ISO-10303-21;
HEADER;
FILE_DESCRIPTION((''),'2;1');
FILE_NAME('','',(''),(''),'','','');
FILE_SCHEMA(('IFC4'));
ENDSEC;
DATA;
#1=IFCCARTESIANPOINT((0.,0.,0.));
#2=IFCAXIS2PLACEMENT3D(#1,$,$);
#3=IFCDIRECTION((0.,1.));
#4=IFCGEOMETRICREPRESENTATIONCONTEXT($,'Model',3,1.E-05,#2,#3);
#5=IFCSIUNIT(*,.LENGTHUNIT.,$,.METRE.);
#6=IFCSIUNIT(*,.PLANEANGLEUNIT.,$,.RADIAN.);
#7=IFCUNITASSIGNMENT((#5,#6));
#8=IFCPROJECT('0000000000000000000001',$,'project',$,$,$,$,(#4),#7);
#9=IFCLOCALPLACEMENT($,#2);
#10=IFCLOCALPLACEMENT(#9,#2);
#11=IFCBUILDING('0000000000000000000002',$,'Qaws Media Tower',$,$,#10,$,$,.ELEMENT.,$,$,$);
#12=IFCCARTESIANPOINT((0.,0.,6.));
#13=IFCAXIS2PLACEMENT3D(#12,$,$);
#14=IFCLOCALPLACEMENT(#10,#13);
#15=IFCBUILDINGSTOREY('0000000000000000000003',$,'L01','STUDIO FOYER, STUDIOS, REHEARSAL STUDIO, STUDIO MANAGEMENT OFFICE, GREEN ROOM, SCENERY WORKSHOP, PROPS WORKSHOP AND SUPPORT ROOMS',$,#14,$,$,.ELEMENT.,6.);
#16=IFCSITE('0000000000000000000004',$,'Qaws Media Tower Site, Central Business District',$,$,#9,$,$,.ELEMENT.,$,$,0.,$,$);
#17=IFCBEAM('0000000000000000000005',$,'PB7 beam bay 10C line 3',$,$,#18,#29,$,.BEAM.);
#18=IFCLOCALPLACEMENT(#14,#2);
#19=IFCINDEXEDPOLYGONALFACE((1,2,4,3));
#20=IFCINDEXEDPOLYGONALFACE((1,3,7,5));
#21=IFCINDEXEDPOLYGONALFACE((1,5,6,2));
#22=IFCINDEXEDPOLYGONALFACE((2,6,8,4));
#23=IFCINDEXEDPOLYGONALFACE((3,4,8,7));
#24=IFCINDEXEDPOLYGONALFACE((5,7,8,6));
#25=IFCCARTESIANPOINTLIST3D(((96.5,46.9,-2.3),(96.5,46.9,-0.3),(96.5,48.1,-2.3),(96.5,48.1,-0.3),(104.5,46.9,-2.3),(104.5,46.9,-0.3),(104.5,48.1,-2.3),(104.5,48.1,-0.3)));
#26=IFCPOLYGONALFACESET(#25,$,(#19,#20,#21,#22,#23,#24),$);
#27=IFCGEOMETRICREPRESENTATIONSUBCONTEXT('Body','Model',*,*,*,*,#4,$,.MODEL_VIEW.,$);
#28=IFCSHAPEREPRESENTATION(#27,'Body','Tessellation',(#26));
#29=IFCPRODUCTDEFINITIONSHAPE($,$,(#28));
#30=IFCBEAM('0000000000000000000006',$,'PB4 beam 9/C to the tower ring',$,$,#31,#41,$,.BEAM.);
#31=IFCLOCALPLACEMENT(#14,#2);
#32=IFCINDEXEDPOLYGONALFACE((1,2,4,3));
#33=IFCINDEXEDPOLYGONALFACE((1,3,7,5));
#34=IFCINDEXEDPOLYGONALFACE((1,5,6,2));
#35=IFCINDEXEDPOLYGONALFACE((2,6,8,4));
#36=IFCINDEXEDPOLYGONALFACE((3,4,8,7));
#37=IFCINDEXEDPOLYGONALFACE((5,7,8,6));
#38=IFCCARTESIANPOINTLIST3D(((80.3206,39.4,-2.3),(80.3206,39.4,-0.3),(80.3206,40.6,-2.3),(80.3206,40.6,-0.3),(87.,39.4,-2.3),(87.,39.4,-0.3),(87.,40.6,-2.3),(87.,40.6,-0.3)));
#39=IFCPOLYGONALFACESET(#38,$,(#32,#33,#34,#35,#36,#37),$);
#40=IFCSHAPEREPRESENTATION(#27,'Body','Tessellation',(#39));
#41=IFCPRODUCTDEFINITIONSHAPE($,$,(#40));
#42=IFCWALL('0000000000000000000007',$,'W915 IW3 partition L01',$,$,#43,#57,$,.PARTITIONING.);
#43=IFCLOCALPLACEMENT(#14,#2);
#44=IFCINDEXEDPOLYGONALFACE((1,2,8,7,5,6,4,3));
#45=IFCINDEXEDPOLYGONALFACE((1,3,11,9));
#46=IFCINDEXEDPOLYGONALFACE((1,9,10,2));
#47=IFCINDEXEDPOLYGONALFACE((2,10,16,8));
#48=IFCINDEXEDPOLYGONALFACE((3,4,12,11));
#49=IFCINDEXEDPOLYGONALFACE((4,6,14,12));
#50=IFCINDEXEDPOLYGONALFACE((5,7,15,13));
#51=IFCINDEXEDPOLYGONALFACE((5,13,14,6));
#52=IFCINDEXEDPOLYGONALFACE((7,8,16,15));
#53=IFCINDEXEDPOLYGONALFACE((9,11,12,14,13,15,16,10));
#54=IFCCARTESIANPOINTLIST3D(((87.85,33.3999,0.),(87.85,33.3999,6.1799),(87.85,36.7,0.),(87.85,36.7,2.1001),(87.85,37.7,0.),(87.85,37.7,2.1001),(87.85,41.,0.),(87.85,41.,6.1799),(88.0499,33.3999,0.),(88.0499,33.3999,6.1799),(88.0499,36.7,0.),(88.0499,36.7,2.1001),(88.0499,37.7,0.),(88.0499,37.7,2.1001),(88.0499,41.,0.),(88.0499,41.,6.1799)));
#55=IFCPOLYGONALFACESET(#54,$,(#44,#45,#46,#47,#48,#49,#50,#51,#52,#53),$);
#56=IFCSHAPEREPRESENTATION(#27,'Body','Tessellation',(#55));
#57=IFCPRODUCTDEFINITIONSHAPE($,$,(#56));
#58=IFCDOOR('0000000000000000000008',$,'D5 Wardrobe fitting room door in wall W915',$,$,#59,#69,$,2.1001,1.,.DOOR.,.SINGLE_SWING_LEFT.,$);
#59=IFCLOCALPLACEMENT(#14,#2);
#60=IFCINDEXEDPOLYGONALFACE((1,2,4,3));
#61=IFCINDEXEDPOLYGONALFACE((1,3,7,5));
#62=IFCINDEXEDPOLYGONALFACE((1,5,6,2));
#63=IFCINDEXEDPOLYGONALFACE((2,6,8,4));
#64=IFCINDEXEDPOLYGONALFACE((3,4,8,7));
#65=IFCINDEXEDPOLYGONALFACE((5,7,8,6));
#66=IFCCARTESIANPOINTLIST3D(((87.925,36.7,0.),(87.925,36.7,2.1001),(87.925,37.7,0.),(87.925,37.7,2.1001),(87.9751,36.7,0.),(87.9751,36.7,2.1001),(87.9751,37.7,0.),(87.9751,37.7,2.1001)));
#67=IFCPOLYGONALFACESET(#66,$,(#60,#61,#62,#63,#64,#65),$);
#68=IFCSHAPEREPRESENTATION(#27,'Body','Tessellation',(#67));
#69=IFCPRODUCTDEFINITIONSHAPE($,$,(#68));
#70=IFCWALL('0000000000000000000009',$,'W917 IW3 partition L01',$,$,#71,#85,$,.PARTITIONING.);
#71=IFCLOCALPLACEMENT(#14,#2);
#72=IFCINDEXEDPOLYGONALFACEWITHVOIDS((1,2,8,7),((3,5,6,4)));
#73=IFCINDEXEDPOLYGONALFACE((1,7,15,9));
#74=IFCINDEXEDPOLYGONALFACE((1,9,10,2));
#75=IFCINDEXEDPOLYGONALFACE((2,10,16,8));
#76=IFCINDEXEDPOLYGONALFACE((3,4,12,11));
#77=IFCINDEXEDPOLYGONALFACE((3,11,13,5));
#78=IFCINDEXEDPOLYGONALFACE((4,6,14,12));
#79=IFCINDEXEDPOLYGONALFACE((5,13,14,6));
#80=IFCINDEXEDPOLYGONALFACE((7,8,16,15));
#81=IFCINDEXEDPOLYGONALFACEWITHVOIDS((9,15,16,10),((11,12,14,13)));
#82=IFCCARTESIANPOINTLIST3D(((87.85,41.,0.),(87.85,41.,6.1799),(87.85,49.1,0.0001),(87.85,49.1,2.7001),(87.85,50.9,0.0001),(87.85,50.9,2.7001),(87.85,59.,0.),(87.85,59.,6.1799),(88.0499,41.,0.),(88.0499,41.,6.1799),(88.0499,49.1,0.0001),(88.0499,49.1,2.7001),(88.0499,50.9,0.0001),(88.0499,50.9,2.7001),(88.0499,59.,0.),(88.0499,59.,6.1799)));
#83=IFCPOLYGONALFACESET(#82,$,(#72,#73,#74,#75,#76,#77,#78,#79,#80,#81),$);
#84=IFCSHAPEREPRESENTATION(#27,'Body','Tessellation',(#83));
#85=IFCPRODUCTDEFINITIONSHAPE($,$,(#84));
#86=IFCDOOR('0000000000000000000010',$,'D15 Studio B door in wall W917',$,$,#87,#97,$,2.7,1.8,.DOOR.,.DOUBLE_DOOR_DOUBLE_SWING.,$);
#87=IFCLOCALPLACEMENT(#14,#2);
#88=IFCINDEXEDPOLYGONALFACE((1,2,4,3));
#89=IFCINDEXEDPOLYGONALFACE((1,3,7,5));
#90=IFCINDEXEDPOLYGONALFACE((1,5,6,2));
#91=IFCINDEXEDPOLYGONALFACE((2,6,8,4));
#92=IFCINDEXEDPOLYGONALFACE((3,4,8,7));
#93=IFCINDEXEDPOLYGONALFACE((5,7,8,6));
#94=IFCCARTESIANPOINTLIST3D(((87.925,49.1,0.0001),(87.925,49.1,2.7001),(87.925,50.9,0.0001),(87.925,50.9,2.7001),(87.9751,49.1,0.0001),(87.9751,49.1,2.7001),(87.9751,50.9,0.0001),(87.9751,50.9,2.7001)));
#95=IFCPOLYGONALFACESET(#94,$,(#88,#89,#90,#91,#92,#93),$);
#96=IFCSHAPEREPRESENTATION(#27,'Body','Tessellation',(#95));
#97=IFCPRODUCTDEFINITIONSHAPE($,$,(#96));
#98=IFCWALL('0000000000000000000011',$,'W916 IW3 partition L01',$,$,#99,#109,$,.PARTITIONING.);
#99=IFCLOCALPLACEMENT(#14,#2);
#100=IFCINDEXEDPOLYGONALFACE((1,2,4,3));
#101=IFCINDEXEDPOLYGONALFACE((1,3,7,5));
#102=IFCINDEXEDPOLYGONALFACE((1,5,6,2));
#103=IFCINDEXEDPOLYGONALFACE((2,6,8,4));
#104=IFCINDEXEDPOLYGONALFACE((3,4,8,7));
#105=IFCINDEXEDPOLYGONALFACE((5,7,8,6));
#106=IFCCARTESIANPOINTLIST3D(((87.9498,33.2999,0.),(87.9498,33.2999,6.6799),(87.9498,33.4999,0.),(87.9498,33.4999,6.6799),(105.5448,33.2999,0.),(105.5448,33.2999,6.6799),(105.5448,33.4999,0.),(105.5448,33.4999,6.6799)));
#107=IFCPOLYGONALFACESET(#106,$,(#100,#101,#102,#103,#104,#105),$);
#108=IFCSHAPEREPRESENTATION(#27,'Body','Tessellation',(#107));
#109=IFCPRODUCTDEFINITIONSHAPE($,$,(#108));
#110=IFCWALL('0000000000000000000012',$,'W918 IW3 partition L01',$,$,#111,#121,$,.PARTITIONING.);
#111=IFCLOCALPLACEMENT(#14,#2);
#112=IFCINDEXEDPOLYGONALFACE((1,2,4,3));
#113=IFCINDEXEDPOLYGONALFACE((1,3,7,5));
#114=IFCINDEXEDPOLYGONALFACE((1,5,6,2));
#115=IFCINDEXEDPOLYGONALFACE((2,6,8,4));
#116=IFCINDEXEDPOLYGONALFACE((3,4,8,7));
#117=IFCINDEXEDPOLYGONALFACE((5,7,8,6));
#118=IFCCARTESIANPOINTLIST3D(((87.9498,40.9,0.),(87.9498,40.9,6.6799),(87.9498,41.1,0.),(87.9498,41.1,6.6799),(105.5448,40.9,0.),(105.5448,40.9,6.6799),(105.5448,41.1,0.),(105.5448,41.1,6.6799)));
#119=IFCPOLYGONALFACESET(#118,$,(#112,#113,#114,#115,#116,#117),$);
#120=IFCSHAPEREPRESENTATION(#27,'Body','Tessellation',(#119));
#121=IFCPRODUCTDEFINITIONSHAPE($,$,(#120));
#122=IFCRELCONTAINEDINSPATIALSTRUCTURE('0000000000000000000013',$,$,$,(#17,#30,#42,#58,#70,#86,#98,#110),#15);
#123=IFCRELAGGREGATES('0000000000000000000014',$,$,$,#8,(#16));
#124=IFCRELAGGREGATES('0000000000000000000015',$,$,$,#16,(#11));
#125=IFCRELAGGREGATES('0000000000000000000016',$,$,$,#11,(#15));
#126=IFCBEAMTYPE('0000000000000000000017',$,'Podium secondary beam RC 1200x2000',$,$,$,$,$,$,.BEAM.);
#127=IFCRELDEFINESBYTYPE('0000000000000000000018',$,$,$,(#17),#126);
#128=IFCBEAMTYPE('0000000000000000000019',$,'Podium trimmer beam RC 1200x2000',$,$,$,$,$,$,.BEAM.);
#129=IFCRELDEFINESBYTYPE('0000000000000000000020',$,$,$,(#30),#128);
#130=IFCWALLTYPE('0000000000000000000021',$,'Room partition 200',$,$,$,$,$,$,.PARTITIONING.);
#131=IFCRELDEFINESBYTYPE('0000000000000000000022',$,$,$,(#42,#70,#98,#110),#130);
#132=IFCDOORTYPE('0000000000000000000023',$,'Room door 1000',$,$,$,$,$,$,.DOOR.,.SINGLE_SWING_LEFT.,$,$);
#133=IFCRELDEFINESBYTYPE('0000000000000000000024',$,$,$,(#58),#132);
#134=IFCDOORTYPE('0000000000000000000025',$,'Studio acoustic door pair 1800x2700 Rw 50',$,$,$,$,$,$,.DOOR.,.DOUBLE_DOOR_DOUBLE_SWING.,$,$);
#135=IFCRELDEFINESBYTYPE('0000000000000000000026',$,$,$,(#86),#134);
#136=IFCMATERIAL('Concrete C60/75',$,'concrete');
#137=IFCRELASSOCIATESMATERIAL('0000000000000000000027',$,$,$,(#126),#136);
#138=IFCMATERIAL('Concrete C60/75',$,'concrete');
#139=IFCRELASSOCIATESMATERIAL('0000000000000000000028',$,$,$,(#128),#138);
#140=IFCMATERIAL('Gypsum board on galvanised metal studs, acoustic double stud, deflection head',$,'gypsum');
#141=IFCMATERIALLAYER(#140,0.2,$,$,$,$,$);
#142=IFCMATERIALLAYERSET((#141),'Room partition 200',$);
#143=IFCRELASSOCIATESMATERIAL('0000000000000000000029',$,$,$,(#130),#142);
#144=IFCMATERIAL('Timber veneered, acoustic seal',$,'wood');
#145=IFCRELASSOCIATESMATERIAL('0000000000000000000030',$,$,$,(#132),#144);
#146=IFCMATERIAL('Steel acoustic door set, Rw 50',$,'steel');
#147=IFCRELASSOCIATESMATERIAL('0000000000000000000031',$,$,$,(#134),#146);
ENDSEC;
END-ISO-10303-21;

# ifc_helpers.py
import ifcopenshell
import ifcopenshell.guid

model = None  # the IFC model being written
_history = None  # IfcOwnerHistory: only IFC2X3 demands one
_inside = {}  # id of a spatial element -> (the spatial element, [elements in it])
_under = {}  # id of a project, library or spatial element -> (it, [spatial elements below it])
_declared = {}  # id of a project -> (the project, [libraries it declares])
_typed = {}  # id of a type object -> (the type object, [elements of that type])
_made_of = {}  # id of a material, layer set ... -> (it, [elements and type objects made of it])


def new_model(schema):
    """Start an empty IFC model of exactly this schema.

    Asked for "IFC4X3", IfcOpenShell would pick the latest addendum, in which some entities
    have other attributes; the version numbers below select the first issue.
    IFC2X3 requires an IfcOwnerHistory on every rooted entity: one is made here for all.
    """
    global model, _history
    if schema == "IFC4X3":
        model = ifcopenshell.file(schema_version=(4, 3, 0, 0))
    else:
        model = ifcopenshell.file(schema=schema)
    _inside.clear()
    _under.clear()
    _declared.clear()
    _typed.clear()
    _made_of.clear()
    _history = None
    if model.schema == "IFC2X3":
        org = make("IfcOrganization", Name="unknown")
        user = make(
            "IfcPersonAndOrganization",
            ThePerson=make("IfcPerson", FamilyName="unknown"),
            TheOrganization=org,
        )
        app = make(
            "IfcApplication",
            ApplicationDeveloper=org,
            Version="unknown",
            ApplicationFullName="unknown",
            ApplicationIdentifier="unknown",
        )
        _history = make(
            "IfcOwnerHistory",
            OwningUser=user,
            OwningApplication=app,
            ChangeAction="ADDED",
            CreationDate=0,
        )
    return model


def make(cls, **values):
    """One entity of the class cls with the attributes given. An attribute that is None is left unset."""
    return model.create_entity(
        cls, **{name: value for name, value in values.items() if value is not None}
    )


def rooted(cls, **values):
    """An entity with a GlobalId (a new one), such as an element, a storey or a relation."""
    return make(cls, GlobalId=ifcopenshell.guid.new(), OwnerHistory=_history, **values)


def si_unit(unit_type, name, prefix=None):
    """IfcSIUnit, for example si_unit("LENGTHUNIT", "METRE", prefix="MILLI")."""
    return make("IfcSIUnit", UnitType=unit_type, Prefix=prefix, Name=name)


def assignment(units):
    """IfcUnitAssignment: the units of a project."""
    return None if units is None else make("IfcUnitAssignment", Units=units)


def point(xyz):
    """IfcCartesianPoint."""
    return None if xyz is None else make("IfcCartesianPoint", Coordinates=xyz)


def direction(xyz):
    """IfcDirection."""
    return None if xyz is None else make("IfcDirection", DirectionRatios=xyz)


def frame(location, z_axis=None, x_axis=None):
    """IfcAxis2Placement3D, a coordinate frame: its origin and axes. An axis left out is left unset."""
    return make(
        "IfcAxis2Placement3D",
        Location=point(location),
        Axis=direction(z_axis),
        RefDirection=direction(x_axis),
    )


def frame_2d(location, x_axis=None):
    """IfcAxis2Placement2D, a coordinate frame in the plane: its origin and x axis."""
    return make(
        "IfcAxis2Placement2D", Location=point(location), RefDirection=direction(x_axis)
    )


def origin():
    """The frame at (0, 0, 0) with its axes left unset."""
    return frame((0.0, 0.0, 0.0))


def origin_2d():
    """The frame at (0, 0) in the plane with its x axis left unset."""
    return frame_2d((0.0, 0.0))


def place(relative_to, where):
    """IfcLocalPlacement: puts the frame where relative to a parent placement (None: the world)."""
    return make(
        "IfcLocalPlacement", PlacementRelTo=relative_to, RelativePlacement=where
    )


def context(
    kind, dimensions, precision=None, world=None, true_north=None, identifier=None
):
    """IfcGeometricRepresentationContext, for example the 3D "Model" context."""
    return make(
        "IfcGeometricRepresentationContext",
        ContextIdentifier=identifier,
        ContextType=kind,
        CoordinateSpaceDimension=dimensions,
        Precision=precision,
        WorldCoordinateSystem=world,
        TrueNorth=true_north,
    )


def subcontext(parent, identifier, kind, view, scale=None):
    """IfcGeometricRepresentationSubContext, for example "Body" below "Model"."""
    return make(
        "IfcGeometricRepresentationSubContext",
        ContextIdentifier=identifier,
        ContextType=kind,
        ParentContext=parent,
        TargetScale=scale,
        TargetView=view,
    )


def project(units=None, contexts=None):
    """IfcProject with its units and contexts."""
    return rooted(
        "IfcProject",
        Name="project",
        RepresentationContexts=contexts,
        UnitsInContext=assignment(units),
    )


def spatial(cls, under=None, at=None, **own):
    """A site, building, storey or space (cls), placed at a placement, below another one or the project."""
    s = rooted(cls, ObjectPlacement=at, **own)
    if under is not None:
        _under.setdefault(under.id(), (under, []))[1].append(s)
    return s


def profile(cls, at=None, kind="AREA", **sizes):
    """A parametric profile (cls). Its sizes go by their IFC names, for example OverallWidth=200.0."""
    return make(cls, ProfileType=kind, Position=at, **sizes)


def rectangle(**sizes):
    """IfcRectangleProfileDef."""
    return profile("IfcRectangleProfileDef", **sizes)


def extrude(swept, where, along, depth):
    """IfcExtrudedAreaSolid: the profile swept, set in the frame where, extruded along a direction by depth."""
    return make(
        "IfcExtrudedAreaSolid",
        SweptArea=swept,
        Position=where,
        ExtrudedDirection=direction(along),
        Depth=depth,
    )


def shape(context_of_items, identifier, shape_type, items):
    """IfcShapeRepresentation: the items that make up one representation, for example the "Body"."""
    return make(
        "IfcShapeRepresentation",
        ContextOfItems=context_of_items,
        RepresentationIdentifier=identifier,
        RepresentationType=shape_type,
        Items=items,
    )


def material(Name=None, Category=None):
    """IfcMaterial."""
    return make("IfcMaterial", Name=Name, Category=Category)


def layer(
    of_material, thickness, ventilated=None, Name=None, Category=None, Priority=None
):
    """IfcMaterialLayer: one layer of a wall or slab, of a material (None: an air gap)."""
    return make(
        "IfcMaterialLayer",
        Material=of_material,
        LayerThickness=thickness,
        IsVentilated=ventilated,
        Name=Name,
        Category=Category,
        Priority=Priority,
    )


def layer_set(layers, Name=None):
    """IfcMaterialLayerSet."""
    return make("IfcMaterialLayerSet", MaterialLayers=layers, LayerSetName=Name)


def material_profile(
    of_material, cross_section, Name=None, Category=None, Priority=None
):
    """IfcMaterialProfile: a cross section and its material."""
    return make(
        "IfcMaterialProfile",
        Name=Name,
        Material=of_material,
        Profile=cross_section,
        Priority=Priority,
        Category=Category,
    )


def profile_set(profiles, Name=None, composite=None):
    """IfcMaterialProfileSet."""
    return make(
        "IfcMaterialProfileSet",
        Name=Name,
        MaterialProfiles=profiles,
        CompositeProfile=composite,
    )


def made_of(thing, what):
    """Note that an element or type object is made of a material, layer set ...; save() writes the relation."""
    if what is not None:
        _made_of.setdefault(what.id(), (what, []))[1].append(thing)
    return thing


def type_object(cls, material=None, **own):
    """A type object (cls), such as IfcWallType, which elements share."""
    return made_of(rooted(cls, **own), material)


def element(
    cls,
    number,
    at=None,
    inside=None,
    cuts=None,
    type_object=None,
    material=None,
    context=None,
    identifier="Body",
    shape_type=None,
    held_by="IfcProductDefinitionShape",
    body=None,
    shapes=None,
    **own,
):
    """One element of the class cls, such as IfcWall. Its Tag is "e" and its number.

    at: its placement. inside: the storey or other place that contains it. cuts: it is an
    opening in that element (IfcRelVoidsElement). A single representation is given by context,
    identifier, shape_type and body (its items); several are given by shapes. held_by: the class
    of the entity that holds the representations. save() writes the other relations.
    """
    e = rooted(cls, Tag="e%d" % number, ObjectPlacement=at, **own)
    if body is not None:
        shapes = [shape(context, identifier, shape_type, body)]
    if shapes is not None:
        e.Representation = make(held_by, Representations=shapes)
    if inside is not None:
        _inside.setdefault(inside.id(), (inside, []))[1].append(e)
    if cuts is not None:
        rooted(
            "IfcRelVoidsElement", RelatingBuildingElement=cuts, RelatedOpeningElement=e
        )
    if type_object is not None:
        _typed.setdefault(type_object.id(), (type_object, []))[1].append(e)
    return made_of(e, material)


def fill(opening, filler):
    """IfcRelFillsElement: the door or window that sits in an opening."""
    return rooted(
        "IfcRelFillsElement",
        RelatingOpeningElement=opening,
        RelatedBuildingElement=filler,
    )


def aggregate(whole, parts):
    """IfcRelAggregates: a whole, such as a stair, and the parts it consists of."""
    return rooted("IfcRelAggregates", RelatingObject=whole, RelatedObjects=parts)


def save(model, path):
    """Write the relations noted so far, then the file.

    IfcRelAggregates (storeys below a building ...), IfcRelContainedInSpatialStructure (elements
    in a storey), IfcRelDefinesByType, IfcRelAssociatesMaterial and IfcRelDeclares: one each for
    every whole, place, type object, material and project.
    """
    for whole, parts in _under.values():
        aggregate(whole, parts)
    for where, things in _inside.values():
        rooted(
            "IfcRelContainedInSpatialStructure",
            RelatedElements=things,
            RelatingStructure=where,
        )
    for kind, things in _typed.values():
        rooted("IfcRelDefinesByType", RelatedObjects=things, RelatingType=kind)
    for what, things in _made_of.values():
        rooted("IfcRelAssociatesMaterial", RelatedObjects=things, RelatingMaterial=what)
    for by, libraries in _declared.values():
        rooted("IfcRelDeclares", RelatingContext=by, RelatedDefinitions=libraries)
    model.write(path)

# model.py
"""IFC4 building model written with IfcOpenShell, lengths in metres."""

from ifc_helpers import new_model, si_unit, direction, frame, frame_2d, origin, origin_2d, place, context, subcontext, project, spatial, rectangle, extrude, material, layer, layer_set, material_profile, profile_set, type_object, element, fill, save


model = new_model("IFC4")

# Units and contexts
model_context = context("Model", 3, precision=1e-05, world=origin(), true_north=direction((0.0, 1.0)))
body_context = subcontext(model_context, "Body", "Model", "MODEL_VIEW")
ifc_project = project(units=[si_unit("LENGTHUNIT", "METRE"), si_unit("PLANEANGLEUNIT", "RADIAN")], contexts=[model_context])

# Site, building, storey
site_placement = place(None, origin())
site = spatial("IfcSite", under=ifc_project, at=site_placement, Name="Qaws Media Tower Site, Central Business District", CompositionType="ELEMENT", RefElevation=0.0)
building_placement = place(site_placement, origin())
building = spatial("IfcBuilding", under=site, at=building_placement, Name="Qaws Media Tower", CompositionType="ELEMENT")
storey_placement = place(building_placement, frame((0.0, 0.0, 6.0)))
storey = spatial("IfcBuildingStorey", under=building, at=storey_placement, Name="L01", Description="STUDIO FOYER, STUDIOS, REHEARSAL STUDIO, STUDIO MANAGEMENT OFFICE, GREEN ROOM, SCENERY WORKSHOP, PROPS WORKSHOP AND SUPPORT ROOMS", CompositionType="ELEMENT", Elevation=6.0)

# Beams
ifc_material_1 = material(Name="Concrete C60/75", Category="concrete")
ifc_material_profile_1 = material_profile(ifc_material_1, rectangle(XDim=1.2, YDim=2.0, at=origin_2d()), Name="RC 1200x2000")
ifc_profile_set_1 = profile_set([ifc_material_profile_1], Name="Concrete C60/75")
beam_type_1 = type_object("IfcBeamType", Name="Podium secondary beam RC 1200x2000", PredefinedType="BEAM", material=ifc_profile_set_1)
for number, where, z_axis, x_axis, name in (
    (1, (96.5, 47.5, -1.3), (1.0, 0.0, 0.0), (0.0, 1.0, 0.0), "PB7 beam bay 10C line 3"),
):
    element("IfcBeam", number, at=place(storey_placement, frame(where, z_axis=z_axis, x_axis=x_axis)), inside=storey, type_object=beam_type_1, Name=name, PredefinedType="BEAM", context=body_context, shape_type="SweptSolid", body=[
        extrude(rectangle(XDim=1.2, YDim=2.0, at=origin_2d()), origin(), (0.0, 0.0, 1.0), 8.0),
    ])
ifc_material_2 = material(Name="Concrete C60/75", Category="concrete")
ifc_material_profile_2 = material_profile(ifc_material_2, rectangle(XDim=1.2, YDim=2.0, at=origin_2d()), Name="RC 1200x2000")
ifc_profile_set_2 = profile_set([ifc_material_profile_2], Name="Concrete C60/75")
beam_type_2 = type_object("IfcBeamType", Name="Podium trimmer beam RC 1200x2000", PredefinedType="BEAM", material=ifc_profile_set_2)
beam_1_placement = place(storey_placement, frame((87.0, 40.0, -1.3), z_axis=(-1.0, 0.0, 0.0), x_axis=(0.0, -1.0, 0.0)))
element("IfcBeam", 2, at=beam_1_placement, inside=storey, type_object=beam_type_2, Name="PB4 beam 9/C to the tower ring", PredefinedType="BEAM", context=body_context, shape_type="SweptSolid", body=[
    extrude(rectangle(XDim=1.2, YDim=2.0, at=origin_2d()), origin(), (0.0, 0.0, 1.0), 6.6794),
])

# Walls, openings, doors
ifc_material_3 = material(Name="Gypsum board on galvanised metal studs, acoustic double stud, deflection head", Category="gypsum")
ifc_layer = layer(ifc_material_3, 0.2)
ifc_layer_set = layer_set([ifc_layer], Name="Room partition 200")
wall_type = type_object("IfcWallType", Name="Room partition 200", PredefinedType="PARTITIONING", material=ifc_layer_set)
wall_1_placement = place(storey_placement, frame((87.95, 33.3999, 0.0), z_axis=(0.0, 0.0, 1.0), x_axis=(0.0, 1.0, 0.0)))
wall_1 = element("IfcWall", 3, at=wall_1_placement, inside=storey, type_object=wall_type, Name="W915 IW3 partition L01", PredefinedType="PARTITIONING", context=body_context, shape_type="SweptSolid", body=[
    extrude(rectangle(XDim=7.6001, YDim=0.2, at=frame_2d((3.8, 0.0))), origin(), (0.0, 0.0, 1.0), 6.1799),
])
opening_1_placement = place(wall_1_placement, frame((3.3, 0.0, 0.0)))
opening_1 = element("IfcOpeningElement", 4, at=opening_1_placement, cuts=wall_1, PredefinedType="OPENING", context=body_context, shape_type="SweptSolid", body=[
    extrude(rectangle(XDim=1.0, YDim=2.1001, at=frame_2d((0.5, 1.05))), frame((0.0, 0.1099, 0.0), z_axis=(0.0, -1.0, 0.0), x_axis=(1.0, 0.0, 0.0)), (0.0, 0.0, 1.0), 0.22),
])
ifc_material_4 = material(Name="Timber veneered, acoustic seal", Category="wood")
door_type_1 = type_object("IfcDoorType", Name="Room door 1000", OperationType="SINGLE_SWING_LEFT", PredefinedType="DOOR", material=ifc_material_4)
door_1_placement = place(opening_1_placement, origin())
door_1 = element("IfcDoor", 5, at=door_1_placement, inside=storey, type_object=door_type_1, Name="D5 Wardrobe fitting room door in wall W915", OperationType="SINGLE_SWING_LEFT", OverallHeight=2.1001, OverallWidth=1.0, PredefinedType="DOOR", context=body_context, shape_type="SweptSolid", body=[
    extrude(rectangle(XDim=1.0, YDim=2.1001, at=frame_2d((0.5, 1.05))), frame((0.0, 0.0249, 0.0), z_axis=(0.0, -1.0, 0.0), x_axis=(1.0, 0.0, 0.0)), (0.0, 0.0, 1.0), 0.05),
])
fill(opening_1, door_1)
wall_2_placement = place(storey_placement, frame((87.95, 41.0, 0.0), z_axis=(0.0, 0.0, 1.0), x_axis=(0.0, 1.0, 0.0)))
wall_2 = element("IfcWall", 6, at=wall_2_placement, inside=storey, type_object=wall_type, Name="W917 IW3 partition L01", PredefinedType="PARTITIONING", context=body_context, shape_type="SweptSolid", body=[
    extrude(rectangle(XDim=18.0, YDim=0.2, at=frame_2d((9.0, 0.0))), origin(), (0.0, 0.0, 1.0), 6.1799),
])
opening_2_placement = place(wall_2_placement, frame((8.1001, 0.0, 0.0)))
opening_2 = element("IfcOpeningElement", 7, at=opening_2_placement, cuts=wall_2, PredefinedType="OPENING", context=body_context, shape_type="SweptSolid", body=[
    extrude(rectangle(XDim=1.8, YDim=2.7, at=frame_2d((0.8999, 1.3501))), frame((0.0, 0.1099, 0.0), z_axis=(0.0, -1.0, 0.0), x_axis=(1.0, 0.0, 0.0)), (0.0, 0.0, 1.0), 0.22),
])
ifc_material_5 = material(Name="Steel acoustic door set, Rw 50", Category="steel")
door_type_2 = type_object("IfcDoorType", Name="Studio acoustic door pair 1800x2700 Rw 50", OperationType="DOUBLE_DOOR_DOUBLE_SWING", PredefinedType="DOOR", material=ifc_material_5)
door_2_placement = place(opening_2_placement, origin())
door_2 = element("IfcDoor", 8, at=door_2_placement, inside=storey, type_object=door_type_2, Name="D15 Studio B door in wall W917", OperationType="DOUBLE_DOOR_DOUBLE_SWING", OverallHeight=2.7, OverallWidth=1.8, PredefinedType="DOOR", context=body_context, shape_type="SweptSolid", body=[
    extrude(rectangle(XDim=1.8, YDim=2.7, at=frame_2d((0.8999, 1.3501))), frame((0.0, 0.0249, 0.0), z_axis=(0.0, -1.0, 0.0), x_axis=(1.0, 0.0, 0.0)), (0.0, 0.0, 1.0), 0.05),
])
fill(opening_2, door_2)

# Walls
for number, where, z_axis, x_axis, name in (
    (9, (87.95, 33.3999, 0.0), (0.0, 0.0, 1.0), (1.0, 0.0, 0.0), "W916 IW3 partition L01"),
    (10, (87.95, 41.0, 0.0), (0.0, 0.0, 1.0), (1.0, 0.0, 0.0), "W918 IW3 partition L01"),
):
    element("IfcWall", number, at=place(storey_placement, frame(where, z_axis=z_axis, x_axis=x_axis)), inside=storey, type_object=wall_type, Name=name, PredefinedType="PARTITIONING", context=body_context, shape_type="SweptSolid", body=[
        extrude(rectangle(XDim=17.595, YDim=0.2, at=frame_2d((8.7974, 0.0))), origin(), (0.0, 0.0, 1.0), 6.6799),
    ])

save(model, "model.ifc")
